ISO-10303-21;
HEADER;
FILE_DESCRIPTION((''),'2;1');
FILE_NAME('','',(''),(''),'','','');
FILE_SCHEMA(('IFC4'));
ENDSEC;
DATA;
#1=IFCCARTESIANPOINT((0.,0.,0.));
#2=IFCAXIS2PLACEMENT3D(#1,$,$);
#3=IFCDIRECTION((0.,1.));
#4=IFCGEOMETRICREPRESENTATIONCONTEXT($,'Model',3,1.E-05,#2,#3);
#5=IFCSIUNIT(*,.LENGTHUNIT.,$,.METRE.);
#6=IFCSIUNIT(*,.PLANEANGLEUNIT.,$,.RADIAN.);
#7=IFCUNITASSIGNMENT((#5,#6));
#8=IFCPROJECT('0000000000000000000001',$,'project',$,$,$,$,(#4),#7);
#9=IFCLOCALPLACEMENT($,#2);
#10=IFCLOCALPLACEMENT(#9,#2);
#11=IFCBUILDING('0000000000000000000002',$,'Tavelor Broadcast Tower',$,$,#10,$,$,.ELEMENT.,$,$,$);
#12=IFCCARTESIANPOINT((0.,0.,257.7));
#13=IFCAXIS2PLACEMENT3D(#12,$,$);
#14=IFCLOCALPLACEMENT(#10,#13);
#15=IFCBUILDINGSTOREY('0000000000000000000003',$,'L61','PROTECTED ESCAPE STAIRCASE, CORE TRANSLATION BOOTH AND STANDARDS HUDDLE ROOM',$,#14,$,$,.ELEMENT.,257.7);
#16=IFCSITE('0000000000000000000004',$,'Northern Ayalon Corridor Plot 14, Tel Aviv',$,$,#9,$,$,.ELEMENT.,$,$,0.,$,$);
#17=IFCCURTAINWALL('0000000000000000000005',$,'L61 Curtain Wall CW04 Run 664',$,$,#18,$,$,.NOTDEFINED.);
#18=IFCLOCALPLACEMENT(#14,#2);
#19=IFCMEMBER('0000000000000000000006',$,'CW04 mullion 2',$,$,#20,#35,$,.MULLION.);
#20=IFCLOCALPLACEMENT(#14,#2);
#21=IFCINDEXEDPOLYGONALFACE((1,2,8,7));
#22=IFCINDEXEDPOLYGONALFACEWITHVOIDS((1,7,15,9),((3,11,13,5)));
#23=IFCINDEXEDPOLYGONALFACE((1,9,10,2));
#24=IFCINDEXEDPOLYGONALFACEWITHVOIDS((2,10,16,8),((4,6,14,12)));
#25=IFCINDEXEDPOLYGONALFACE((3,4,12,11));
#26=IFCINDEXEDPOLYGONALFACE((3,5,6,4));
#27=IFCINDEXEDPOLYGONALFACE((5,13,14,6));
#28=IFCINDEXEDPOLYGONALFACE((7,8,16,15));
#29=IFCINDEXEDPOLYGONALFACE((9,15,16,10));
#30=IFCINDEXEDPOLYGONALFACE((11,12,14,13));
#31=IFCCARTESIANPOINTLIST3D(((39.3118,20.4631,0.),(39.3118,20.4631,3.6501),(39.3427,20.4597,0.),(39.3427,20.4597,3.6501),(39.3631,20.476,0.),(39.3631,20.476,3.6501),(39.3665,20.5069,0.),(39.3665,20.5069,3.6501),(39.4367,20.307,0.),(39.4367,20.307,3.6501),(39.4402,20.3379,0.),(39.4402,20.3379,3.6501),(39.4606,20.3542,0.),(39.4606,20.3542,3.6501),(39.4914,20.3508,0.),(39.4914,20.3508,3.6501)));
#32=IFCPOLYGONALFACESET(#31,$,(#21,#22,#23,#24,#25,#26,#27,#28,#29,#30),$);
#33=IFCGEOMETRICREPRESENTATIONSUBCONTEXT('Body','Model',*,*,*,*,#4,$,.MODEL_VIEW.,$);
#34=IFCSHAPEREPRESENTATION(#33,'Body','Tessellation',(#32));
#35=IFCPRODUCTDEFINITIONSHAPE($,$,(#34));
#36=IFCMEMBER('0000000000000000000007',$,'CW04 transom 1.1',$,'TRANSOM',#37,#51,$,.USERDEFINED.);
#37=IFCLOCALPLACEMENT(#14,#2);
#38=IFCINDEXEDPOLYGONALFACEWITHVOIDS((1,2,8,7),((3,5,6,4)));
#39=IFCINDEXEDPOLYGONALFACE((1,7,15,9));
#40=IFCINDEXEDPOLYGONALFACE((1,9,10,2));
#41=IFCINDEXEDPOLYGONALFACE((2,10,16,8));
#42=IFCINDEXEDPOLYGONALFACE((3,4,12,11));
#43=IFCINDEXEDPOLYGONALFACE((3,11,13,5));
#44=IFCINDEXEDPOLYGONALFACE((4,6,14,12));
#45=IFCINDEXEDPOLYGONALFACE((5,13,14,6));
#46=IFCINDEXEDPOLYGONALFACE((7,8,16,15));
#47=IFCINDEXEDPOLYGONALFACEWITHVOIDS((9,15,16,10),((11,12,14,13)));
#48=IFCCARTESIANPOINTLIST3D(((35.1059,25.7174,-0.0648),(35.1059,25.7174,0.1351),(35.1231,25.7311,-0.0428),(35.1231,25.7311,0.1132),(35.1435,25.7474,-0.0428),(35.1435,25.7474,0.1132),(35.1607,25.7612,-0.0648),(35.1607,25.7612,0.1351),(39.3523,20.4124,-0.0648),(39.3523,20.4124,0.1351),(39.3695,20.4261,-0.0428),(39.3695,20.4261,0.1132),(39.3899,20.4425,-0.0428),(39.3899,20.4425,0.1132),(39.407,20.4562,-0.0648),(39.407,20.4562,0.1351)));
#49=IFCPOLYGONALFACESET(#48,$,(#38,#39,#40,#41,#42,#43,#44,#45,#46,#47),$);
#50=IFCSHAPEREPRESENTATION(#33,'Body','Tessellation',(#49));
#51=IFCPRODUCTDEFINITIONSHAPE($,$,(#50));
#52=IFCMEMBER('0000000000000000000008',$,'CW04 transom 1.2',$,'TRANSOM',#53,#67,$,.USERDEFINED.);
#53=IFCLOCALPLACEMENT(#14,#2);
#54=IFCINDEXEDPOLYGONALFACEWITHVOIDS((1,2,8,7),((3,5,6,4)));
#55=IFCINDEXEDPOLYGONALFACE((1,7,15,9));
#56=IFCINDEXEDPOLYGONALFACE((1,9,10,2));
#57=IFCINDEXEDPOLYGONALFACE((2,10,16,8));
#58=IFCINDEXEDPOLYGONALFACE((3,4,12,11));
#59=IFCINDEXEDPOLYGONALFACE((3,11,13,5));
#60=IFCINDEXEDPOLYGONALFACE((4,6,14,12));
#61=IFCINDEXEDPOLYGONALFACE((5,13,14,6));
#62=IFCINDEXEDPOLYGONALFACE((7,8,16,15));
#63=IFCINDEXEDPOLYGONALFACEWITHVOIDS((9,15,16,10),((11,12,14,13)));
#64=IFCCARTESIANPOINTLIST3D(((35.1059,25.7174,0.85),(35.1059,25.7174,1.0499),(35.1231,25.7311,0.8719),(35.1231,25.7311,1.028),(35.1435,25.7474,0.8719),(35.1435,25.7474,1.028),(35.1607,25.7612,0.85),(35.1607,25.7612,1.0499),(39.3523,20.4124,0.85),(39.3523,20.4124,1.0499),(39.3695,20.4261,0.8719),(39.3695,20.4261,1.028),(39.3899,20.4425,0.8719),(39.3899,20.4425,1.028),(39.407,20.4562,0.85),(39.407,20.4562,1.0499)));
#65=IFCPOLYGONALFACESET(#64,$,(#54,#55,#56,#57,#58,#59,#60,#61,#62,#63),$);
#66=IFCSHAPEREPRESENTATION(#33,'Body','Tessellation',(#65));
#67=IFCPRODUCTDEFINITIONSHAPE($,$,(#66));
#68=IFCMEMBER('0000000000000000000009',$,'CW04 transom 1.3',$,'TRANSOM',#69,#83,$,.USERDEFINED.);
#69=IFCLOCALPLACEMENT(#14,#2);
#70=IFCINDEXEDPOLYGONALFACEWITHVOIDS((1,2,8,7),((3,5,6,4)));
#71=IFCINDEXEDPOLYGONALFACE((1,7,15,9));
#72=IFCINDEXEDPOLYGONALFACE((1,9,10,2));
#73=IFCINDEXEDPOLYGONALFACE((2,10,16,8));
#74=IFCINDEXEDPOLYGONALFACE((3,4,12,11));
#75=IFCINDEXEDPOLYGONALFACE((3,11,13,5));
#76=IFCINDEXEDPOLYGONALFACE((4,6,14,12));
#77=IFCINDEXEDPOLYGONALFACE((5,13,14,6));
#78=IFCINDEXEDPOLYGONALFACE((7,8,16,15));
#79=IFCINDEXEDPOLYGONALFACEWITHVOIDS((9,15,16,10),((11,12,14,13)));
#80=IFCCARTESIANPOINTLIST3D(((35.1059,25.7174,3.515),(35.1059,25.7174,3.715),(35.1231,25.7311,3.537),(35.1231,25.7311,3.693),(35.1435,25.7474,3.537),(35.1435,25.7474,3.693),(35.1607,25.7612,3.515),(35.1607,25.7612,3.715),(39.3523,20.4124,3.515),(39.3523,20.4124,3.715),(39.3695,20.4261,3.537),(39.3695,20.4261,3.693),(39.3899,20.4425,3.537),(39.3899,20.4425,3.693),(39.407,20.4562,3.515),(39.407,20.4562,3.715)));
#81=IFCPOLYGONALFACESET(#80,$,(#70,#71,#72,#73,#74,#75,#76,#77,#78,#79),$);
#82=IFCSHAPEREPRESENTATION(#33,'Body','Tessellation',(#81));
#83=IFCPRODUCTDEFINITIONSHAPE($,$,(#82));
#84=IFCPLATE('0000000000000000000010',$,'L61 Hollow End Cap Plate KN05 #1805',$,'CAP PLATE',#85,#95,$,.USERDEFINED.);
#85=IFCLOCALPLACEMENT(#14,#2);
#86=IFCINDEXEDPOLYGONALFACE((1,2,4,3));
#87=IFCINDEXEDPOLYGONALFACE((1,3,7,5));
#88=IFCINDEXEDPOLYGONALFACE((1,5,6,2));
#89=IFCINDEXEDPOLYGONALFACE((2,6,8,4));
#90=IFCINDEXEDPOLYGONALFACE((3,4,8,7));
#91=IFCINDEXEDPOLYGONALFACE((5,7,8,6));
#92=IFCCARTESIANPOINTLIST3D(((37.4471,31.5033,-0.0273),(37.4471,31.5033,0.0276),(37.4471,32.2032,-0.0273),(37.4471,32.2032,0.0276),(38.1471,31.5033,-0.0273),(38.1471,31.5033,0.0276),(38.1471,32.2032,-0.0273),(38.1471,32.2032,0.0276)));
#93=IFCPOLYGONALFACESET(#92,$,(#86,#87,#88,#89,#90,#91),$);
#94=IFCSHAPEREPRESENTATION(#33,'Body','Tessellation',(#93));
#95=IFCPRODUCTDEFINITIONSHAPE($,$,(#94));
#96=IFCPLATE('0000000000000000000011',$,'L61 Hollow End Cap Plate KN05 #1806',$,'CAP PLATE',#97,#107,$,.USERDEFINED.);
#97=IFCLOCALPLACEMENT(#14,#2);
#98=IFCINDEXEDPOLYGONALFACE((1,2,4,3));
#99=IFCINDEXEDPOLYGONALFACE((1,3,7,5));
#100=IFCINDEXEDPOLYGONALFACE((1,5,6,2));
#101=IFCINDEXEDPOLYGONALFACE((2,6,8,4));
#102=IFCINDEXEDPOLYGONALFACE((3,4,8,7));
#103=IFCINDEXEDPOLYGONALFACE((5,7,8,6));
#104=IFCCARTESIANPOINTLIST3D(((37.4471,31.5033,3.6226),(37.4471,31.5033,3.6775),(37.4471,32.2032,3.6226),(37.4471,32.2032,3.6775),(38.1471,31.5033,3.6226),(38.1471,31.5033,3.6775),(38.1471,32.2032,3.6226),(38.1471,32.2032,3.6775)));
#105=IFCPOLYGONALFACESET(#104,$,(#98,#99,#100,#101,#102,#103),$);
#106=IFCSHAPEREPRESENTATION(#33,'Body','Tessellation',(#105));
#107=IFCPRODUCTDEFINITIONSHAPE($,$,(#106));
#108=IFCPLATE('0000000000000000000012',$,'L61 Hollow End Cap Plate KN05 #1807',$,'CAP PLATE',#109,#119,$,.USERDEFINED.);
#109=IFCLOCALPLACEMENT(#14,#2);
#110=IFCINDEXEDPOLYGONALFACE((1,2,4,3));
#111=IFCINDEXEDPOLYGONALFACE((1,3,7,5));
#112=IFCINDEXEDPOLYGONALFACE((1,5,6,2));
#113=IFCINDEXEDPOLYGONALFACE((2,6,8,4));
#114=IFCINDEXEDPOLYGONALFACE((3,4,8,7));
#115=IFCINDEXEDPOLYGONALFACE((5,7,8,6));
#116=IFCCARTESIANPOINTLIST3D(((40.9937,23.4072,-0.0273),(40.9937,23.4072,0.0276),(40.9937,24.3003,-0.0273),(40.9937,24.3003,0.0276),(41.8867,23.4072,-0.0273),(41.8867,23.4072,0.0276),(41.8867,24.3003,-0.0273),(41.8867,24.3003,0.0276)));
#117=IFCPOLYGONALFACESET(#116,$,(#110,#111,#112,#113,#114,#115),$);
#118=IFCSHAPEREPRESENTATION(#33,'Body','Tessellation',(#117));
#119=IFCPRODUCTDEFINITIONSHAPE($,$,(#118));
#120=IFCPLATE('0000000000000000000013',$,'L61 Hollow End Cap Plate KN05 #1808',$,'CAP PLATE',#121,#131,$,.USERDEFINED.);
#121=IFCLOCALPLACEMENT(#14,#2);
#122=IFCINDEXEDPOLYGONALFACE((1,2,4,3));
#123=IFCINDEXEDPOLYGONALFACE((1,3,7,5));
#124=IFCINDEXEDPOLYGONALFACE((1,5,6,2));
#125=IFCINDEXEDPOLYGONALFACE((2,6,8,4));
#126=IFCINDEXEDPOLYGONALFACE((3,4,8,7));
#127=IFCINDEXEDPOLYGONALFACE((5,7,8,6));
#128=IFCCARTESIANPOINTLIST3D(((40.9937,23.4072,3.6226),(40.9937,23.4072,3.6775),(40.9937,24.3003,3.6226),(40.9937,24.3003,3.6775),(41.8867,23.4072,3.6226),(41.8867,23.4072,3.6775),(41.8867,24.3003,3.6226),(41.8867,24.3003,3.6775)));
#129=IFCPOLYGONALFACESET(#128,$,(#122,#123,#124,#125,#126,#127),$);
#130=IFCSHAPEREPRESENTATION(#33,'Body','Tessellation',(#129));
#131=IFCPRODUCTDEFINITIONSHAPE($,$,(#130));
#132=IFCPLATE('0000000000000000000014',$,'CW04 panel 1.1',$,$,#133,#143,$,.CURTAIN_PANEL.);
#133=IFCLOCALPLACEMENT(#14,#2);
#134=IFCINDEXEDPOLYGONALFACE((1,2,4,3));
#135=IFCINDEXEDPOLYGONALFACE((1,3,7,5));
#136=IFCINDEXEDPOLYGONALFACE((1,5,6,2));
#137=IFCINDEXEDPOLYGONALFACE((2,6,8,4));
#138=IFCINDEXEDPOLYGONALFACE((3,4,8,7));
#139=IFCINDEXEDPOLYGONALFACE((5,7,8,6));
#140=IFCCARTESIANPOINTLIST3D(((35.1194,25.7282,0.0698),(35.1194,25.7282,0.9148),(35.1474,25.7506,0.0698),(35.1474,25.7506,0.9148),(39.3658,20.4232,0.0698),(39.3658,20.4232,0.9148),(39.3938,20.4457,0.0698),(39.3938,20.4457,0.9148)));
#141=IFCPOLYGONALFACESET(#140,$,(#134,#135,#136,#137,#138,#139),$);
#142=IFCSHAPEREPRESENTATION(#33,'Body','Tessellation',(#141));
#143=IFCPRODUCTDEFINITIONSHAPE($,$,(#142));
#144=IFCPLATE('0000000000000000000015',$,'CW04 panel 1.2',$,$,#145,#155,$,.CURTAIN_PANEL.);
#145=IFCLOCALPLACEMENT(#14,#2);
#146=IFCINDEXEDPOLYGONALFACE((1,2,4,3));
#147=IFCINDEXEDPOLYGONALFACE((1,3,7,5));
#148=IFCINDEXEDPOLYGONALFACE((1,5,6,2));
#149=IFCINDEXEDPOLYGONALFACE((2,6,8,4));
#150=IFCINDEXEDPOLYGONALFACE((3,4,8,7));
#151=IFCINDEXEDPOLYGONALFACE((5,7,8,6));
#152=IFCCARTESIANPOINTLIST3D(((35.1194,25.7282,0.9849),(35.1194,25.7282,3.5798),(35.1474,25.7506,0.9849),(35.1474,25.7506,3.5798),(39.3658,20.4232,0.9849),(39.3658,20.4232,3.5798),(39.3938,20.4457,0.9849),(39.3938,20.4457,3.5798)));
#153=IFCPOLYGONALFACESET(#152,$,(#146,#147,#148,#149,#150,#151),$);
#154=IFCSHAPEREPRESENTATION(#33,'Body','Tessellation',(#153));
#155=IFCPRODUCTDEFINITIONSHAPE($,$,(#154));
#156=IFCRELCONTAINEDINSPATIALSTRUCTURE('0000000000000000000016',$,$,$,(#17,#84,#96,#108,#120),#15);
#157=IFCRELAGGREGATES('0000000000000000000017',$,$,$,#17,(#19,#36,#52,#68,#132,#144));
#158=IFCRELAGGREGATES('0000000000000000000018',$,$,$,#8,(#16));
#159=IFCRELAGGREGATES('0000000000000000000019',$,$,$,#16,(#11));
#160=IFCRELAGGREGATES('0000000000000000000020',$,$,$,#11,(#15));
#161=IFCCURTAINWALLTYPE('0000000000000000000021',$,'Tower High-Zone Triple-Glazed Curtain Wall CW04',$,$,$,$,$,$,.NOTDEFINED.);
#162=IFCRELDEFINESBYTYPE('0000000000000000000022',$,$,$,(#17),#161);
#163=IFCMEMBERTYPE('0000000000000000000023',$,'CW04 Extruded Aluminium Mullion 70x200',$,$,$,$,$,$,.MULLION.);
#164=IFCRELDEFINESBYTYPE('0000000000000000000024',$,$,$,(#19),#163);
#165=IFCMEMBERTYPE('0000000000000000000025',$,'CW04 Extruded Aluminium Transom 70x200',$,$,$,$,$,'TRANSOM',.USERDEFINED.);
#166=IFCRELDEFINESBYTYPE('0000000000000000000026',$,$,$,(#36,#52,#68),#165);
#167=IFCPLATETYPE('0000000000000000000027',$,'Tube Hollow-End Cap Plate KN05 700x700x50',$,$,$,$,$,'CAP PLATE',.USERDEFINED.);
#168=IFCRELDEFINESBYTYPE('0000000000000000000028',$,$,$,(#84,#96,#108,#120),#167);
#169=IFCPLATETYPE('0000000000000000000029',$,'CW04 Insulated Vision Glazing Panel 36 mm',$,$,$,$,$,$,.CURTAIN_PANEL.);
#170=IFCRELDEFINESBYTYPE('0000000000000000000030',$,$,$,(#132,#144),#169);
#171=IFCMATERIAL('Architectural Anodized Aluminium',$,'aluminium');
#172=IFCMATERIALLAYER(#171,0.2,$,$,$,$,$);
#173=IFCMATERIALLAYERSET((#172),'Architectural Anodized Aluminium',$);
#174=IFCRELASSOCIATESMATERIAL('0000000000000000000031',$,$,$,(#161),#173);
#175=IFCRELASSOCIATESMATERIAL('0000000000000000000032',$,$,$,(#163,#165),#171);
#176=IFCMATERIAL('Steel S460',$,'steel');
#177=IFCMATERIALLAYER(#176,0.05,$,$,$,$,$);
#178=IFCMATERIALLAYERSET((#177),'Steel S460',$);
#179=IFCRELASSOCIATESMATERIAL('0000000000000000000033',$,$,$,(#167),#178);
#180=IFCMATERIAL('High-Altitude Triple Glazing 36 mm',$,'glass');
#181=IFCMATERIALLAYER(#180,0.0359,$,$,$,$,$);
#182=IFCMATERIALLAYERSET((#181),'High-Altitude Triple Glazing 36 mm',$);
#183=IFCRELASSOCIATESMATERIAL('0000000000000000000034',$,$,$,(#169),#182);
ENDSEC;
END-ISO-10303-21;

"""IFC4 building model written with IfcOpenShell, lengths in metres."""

from ifc_helpers import new_model, si_unit, direction, frame, origin, origin_2d, place, context, subcontext, project, spatial, rectangle, hollow_rectangle, extrude, source, transform, mapped, material, layer, layer_set, material_profile, profile_set, type_object, type_shapes, element, aggregate, save


model = new_model("IFC4")

# Units and contexts
model_context = context("Model", 3, precision=1e-05, world=origin(), true_north=direction((0.0, 1.0)))
body_context = subcontext(model_context, "Body", "Model", "MODEL_VIEW")
ifc_project = project(units=[si_unit("LENGTHUNIT", "METRE"), si_unit("PLANEANGLEUNIT", "RADIAN")], contexts=[model_context])

# Site, building, storey
site_placement = place(None, origin())
site = spatial("IfcSite", under=ifc_project, at=site_placement, Name="Northern Ayalon Corridor Plot 14, Tel Aviv", CompositionType="ELEMENT", RefElevation=0.0)
building_placement = place(site_placement, origin())
building = spatial("IfcBuilding", under=site, at=building_placement, Name="Tavelor Broadcast Tower", CompositionType="ELEMENT")
storey_placement = place(building_placement, frame((0.0, 0.0, 257.7)))
storey = spatial("IfcBuildingStorey", under=building, at=storey_placement, Name="L61", Description="PROTECTED ESCAPE STAIRCASE, CORE TRANSLATION BOOTH AND STANDARDS HUDDLE ROOM", CompositionType="ELEMENT", Elevation=257.7)

# Shared definitions
ifc_material_1 = material(Name="Steel S460", Category="steel")

# Curtain wall, members
ifc_material_2 = material(Name="Architectural Anodized Aluminium", Category="aluminium")
ifc_layer_1 = layer(ifc_material_2, 0.2)
ifc_layer_set_1 = layer_set([ifc_layer_1], Name="Architectural Anodized Aluminium")
curtain_wall_type = type_object("IfcCurtainWallType", Name="Tower High-Zone Triple-Glazed Curtain Wall CW04", PredefinedType="NOTDEFINED", material=ifc_layer_set_1)
curtain_wall_placement = place(storey_placement, origin())
curtain_wall = element("IfcCurtainWall", 1, at=curtain_wall_placement, inside=storey, type_object=curtain_wall_type, Name="L61 Curtain Wall CW04 Run 664", PredefinedType="NOTDEFINED")
ifc_material_profile_1 = material_profile(ifc_material_2, hollow_rectangle(XDim=0.0701, YDim=0.2, WallThickness=0.022, at=origin_2d()), Name="RHS 70x200x22")
ifc_profile_set_1 = profile_set([ifc_material_profile_1], Name="Architectural Anodized Aluminium")
member_type_1 = type_object("IfcMemberType", Name="CW04 Extruded Aluminium Mullion 70x200", PredefinedType="MULLION", material=ifc_profile_set_1)
shared_shape_1 = source(origin(), body_context, "Body", "SweptSolid", [
    extrude(hollow_rectangle(XDim=0.0701, YDim=0.2, WallThickness=0.022, at=origin_2d()), origin(), (0.0, 0.0, 1.0), 3.6501),
])
type_shapes(member_type_1, [shared_shape_1])
member_1_placement = place(storey_placement, frame((39.4016, 20.407, 0.0), z_axis=(0.0, 0.0, 1.0), x_axis=(0.780689, 0.62492, 0.0)))
member_1 = element("IfcMember", 2, at=member_1_placement, type_object=member_type_1, Name="CW04 mullion 2", PredefinedType="MULLION", context=body_context, shape_type="MappedRepresentation", body=[
    mapped(shared_shape_1, transform((0.0, 0.0, 0.0), scale=1.0)),
])
ifc_material_profile_2 = material_profile(ifc_material_2, hollow_rectangle(XDim=0.0701, YDim=0.2, WallThickness=0.022, at=origin_2d()), Name="RHS 70x200x22")
ifc_profile_set_2 = profile_set([ifc_material_profile_2], Name="Architectural Anodized Aluminium")
member_type_2 = type_object("IfcMemberType", Name="CW04 Extruded Aluminium Transom 70x200", ElementType="TRANSOM", PredefinedType="USERDEFINED", material=ifc_profile_set_2)
shared_shape_2 = source(origin(), body_context, "Body", "SweptSolid", [
    extrude(hollow_rectangle(XDim=0.0701, YDim=0.2, WallThickness=0.022, at=origin_2d()), origin(), (0.0, 0.0, 1.0), 6.7952),
])
type_shapes(member_type_2, [shared_shape_2])
member_2_placement = place(storey_placement, frame((35.1333, 25.7393, 0.0352), z_axis=(0.62491, -0.780697, 0.0), x_axis=(0.780697, 0.62491, 0.0)))
member_2 = element("IfcMember", 3, at=member_2_placement, type_object=member_type_2, Name="CW04 transom 1.1", ObjectType="TRANSOM", PredefinedType="USERDEFINED", context=body_context, shape_type="MappedRepresentation", body=[
    mapped(shared_shape_2, transform((0.0, 0.0, 0.0), scale=1.0)),
])
member_3_placement = place(storey_placement, frame((35.1333, 25.7393, 0.95), z_axis=(0.62491, -0.780697, 0.0), x_axis=(0.780697, 0.62491, 0.0)))
member_3 = element("IfcMember", 4, at=member_3_placement, type_object=member_type_2, Name="CW04 transom 1.2", ObjectType="TRANSOM", PredefinedType="USERDEFINED", context=body_context, shape_type="MappedRepresentation", body=[
    mapped(shared_shape_2, transform((0.0, 0.0, 0.0), scale=1.0)),
])
member_4_placement = place(storey_placement, frame((35.1333, 25.7393, 3.615), z_axis=(0.62491, -0.780697, 0.0), x_axis=(0.780697, 0.62491, 0.0)))
member_4 = element("IfcMember", 5, at=member_4_placement, type_object=member_type_2, Name="CW04 transom 1.3", ObjectType="TRANSOM", PredefinedType="USERDEFINED", context=body_context, shape_type="MappedRepresentation", body=[
    mapped(shared_shape_2, transform((0.0, 0.0, 0.0), scale=1.0)),
])

# Plates
ifc_layer_2 = layer(ifc_material_1, 0.05)
ifc_layer_set_2 = layer_set([ifc_layer_2], Name="Steel S460")
plate_type_1 = type_object("IfcPlateType", Name="Tube Hollow-End Cap Plate KN05 700x700x50", ElementType="CAP PLATE", PredefinedType="USERDEFINED", material=ifc_layer_set_2)
shared_shape_3 = source(origin(), body_context, "Body", "SweptSolid", [
    extrude(rectangle(XDim=0.7, YDim=0.7, at=origin_2d()), origin(), (0.0, 0.0, 1.0), 0.0549),
])
for number, where, z_axis, x_axis, name in (
    (6, (37.7971, 31.8533, -0.0273), (0.0, 0.0, 1.0), (1.0, 0.0, 0.0), "L61 Hollow End Cap Plate KN05 #1805"),
    (7, (37.7971, 31.8533, 3.6226), (0.0, 0.0, 1.0), (1.0, 0.0, 0.0), "L61 Hollow End Cap Plate KN05 #1806"),
):
    element("IfcPlate", number, at=place(storey_placement, frame(where, z_axis=z_axis, x_axis=x_axis)), inside=storey, type_object=plate_type_1, Name=name, ObjectType="CAP PLATE", PredefinedType="USERDEFINED", context=body_context, shape_type="MappedRepresentation", body=[
        mapped(shared_shape_3, transform((0.0, 0.0, 0.0), scale=1.0)),
    ])
shared_shape_4 = source(origin(), body_context, "Body", "SweptSolid", [
    extrude(rectangle(XDim=0.8931, YDim=0.8931, at=origin_2d()), origin(), (0.0, 0.0, 1.0), 0.0549),
])
type_shapes(plate_type_1, [shared_shape_3, shared_shape_4])
for number, where, z_axis, x_axis, name in (
    (8, (41.4402, 23.8538, -0.0273), (0.0, 0.0, 1.0), (1.0, 0.0, 0.0), "L61 Hollow End Cap Plate KN05 #1807"),
    (9, (41.4402, 23.8538, 3.6226), (0.0, 0.0, 1.0), (1.0, 0.0, 0.0), "L61 Hollow End Cap Plate KN05 #1808"),
):
    element("IfcPlate", number, at=place(storey_placement, frame(where, z_axis=z_axis, x_axis=x_axis)), inside=storey, type_object=plate_type_1, Name=name, ObjectType="CAP PLATE", PredefinedType="USERDEFINED", context=body_context, shape_type="MappedRepresentation", body=[
        mapped(shared_shape_4, transform((0.0, 0.0, 0.0), scale=1.0)),
    ])

# Plates
ifc_material_3 = material(Name="High-Altitude Triple Glazing 36 mm", Category="glass")
ifc_layer_3 = layer(ifc_material_3, 0.0359)
ifc_layer_set_3 = layer_set([ifc_layer_3], Name="High-Altitude Triple Glazing 36 mm")
plate_type_2 = type_object("IfcPlateType", Name="CW04 Insulated Vision Glazing Panel 36 mm", PredefinedType="CURTAIN_PANEL", material=ifc_layer_set_3)
shared_shape_5 = source(origin(), body_context, "Body", "SweptSolid", [
    extrude(rectangle(XDim=6.7952, YDim=0.0359, at=origin_2d()), origin(), (0.0, 0.0, 1.0), 0.845),
])
plate_1_placement = place(storey_placement, frame((37.2566, 23.0869, 0.0698), z_axis=(0.0, 0.0, 1.0), x_axis=(0.62492, -0.780689, 0.0)))
plate_1 = element("IfcPlate", 10, at=plate_1_placement, type_object=plate_type_2, Name="CW04 panel 1.1", PredefinedType="CURTAIN_PANEL", context=body_context, shape_type="MappedRepresentation", body=[
    mapped(shared_shape_5, transform((0.0, 0.0, 0.0), scale=1.0)),
])
shared_shape_6 = source(origin(), body_context, "Body", "SweptSolid", [
    extrude(rectangle(XDim=6.7952, YDim=0.0359, at=origin_2d()), origin(), (0.0, 0.0, 1.0), 2.595),
])
type_shapes(plate_type_2, [shared_shape_5, shared_shape_6])
plate_2_placement = place(storey_placement, frame((37.2566, 23.0869, 0.9849), z_axis=(0.0, 0.0, 1.0), x_axis=(0.62492, -0.780689, 0.0)))
plate_2 = element("IfcPlate", 11, at=plate_2_placement, type_object=plate_type_2, Name="CW04 panel 1.2", PredefinedType="CURTAIN_PANEL", context=body_context, shape_type="MappedRepresentation", body=[
    mapped(shared_shape_6, transform((0.0, 0.0, 0.0), scale=1.0)),
])
aggregate(curtain_wall, [member_1, member_2, member_3, member_4, plate_1, plate_2])

save(model, "model.ifc")
